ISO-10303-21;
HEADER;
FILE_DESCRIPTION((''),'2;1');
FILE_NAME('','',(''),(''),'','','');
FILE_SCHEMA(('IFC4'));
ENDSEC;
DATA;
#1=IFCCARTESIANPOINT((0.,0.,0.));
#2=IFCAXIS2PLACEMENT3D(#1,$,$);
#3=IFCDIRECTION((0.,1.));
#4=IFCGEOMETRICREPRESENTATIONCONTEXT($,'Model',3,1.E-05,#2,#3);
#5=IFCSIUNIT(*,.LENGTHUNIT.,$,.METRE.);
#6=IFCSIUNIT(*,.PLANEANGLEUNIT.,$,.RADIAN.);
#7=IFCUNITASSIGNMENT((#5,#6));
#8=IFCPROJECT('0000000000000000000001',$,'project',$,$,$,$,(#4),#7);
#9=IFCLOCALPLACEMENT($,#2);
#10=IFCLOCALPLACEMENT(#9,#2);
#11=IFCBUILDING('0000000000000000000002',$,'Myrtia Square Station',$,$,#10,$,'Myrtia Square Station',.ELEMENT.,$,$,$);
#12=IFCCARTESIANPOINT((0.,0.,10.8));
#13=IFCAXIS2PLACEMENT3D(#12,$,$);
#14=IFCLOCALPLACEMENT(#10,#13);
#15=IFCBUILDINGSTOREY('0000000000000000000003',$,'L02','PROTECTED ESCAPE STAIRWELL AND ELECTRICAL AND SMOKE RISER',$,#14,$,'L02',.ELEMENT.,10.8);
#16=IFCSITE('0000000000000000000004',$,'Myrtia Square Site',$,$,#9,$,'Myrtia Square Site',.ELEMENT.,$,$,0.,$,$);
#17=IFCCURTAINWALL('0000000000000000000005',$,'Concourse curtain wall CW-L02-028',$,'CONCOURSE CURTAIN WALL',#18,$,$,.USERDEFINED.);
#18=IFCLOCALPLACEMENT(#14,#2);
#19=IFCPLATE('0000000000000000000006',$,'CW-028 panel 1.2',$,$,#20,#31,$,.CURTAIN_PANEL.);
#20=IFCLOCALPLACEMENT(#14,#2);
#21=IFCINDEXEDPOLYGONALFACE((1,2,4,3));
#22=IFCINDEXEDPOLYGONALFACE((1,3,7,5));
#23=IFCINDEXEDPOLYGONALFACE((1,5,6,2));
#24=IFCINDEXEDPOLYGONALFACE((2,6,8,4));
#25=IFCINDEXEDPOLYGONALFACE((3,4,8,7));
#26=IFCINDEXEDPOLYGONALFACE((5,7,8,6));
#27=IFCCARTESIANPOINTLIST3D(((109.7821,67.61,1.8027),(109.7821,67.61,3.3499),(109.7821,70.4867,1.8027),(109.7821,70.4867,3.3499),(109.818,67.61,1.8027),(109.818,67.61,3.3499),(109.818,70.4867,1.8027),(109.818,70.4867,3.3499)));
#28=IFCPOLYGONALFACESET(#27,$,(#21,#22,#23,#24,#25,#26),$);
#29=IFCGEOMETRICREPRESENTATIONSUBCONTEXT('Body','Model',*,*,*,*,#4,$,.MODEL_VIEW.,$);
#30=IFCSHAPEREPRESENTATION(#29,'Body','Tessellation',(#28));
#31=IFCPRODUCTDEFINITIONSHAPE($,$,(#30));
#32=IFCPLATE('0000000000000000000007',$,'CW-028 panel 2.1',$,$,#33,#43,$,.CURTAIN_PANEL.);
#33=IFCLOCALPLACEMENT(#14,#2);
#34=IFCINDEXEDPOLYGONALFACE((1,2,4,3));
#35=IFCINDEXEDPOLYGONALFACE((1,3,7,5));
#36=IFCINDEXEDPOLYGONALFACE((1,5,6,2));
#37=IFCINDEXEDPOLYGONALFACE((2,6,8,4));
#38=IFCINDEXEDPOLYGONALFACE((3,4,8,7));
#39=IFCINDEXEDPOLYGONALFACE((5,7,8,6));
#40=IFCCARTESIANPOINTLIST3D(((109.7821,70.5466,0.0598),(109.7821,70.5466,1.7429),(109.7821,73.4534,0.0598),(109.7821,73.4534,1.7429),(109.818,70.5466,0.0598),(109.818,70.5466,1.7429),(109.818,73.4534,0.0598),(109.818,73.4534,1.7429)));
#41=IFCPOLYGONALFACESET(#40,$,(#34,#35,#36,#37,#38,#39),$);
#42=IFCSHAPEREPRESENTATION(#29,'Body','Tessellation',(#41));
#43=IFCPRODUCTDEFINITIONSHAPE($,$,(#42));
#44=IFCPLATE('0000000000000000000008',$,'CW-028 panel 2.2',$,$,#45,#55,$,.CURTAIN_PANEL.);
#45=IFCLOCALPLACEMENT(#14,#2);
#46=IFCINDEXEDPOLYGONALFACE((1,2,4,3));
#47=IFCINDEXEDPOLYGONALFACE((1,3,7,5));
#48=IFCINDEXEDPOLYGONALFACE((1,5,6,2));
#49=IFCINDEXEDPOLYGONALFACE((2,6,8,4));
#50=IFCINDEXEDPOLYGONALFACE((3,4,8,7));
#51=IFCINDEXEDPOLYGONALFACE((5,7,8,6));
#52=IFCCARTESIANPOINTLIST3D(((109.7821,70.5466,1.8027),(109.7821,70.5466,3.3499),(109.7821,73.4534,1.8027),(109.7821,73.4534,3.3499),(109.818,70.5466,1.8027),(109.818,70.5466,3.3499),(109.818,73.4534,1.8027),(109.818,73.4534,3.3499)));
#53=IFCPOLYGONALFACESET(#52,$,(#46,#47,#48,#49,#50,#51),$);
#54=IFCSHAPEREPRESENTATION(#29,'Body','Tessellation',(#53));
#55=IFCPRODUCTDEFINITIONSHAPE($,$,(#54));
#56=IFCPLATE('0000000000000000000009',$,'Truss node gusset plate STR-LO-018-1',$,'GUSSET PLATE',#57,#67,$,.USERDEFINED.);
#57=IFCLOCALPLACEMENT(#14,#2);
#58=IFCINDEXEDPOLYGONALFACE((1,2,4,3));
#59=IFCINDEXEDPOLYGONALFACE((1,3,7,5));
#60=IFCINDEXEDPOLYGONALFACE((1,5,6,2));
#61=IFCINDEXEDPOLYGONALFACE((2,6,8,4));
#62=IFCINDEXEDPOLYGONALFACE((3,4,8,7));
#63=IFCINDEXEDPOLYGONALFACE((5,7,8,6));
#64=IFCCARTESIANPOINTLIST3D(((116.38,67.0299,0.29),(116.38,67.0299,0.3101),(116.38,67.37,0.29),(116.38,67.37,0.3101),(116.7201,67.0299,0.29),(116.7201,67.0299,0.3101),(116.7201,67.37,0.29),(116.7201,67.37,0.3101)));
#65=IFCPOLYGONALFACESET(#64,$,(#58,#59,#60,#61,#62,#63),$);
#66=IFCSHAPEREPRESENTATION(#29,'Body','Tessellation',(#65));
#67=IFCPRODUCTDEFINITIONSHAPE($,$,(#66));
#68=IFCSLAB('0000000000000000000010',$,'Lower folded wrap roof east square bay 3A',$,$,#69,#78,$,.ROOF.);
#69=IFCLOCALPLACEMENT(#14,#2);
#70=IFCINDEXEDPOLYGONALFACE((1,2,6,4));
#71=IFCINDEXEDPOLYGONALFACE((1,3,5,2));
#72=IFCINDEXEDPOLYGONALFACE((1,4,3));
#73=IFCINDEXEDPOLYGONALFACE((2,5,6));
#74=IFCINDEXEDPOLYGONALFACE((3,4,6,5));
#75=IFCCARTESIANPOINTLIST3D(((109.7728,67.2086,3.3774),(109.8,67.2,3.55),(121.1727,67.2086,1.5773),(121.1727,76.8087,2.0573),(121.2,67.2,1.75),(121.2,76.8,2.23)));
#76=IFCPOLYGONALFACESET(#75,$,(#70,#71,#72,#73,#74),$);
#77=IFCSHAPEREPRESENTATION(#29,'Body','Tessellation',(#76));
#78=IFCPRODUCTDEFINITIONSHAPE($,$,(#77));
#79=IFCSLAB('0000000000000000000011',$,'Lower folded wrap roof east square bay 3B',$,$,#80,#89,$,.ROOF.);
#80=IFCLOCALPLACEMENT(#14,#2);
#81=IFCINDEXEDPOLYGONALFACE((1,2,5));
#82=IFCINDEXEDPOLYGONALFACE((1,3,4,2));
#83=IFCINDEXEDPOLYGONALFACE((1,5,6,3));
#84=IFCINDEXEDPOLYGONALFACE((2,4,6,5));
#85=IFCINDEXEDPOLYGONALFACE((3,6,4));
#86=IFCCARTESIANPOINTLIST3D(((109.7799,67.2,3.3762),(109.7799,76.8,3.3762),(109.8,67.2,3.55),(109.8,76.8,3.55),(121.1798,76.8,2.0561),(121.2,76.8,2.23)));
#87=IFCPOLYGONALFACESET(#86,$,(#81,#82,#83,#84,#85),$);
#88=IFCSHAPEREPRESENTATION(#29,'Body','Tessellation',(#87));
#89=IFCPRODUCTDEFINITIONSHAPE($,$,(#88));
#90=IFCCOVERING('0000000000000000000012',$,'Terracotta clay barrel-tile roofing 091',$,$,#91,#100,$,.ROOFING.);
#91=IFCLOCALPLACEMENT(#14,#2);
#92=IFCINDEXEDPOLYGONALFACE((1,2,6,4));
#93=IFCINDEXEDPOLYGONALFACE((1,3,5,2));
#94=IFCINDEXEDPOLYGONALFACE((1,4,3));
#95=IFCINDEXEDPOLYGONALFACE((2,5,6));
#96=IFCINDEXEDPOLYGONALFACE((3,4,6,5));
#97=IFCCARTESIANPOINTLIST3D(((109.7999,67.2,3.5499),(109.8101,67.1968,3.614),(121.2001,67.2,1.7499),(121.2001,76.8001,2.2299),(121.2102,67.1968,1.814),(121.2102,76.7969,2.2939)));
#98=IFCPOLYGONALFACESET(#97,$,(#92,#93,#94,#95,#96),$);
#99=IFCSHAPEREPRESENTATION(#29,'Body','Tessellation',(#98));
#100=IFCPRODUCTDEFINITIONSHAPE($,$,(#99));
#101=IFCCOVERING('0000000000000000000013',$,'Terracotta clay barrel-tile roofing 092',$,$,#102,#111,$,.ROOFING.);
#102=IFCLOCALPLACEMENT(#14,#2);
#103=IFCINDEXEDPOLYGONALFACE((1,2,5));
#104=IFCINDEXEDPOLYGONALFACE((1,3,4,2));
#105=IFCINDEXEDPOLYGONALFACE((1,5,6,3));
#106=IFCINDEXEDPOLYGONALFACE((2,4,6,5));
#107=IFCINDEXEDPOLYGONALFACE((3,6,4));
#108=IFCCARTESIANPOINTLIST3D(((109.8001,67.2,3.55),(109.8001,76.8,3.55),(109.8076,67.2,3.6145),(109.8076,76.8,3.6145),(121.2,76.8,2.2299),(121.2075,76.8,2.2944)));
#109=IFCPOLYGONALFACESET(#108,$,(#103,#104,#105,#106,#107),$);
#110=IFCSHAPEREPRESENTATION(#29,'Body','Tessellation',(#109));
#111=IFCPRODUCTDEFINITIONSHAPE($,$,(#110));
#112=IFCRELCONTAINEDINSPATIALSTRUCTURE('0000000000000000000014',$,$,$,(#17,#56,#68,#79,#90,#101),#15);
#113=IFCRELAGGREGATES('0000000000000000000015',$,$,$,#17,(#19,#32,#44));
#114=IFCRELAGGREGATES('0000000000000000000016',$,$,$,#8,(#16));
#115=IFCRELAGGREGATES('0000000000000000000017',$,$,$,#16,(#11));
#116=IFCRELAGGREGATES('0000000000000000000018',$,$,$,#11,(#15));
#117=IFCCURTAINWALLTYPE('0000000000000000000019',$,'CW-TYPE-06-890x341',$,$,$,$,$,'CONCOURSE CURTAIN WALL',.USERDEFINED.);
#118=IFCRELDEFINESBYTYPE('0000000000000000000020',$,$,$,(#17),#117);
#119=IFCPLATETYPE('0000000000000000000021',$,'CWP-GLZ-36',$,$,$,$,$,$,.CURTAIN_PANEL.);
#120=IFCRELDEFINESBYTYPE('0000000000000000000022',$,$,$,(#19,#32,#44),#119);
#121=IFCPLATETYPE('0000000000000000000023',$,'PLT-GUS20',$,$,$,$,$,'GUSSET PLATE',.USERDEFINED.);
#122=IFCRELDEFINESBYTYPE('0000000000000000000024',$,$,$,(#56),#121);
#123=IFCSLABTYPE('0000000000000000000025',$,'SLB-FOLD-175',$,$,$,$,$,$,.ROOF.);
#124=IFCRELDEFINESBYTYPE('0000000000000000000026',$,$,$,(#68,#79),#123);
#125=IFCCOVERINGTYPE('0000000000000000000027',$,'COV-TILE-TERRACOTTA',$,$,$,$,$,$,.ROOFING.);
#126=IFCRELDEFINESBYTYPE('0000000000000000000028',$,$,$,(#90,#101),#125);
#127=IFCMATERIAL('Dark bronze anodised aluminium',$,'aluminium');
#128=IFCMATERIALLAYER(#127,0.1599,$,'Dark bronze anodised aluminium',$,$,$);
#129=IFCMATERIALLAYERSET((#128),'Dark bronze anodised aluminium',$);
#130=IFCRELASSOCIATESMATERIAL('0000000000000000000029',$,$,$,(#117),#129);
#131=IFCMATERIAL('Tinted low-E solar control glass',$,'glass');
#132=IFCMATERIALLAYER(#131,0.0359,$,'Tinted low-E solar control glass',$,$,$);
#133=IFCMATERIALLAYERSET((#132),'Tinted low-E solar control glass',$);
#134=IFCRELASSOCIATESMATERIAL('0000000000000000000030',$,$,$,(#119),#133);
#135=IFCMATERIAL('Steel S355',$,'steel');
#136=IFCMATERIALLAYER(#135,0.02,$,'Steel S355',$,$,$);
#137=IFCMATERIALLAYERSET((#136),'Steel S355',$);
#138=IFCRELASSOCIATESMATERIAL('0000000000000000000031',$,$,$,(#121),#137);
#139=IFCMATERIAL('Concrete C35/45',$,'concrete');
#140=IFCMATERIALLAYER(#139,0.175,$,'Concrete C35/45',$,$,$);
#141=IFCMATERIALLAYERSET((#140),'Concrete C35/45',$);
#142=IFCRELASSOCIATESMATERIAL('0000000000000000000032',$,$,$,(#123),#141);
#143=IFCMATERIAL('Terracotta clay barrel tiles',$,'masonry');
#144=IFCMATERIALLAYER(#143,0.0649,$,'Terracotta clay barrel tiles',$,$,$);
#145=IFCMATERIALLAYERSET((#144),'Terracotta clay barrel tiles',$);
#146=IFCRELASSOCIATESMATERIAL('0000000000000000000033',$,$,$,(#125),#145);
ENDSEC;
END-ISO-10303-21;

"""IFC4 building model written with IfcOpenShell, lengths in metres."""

from ifc_helpers import new_model, si_unit, direction, frame, origin, origin_2d, place, context, subcontext, project, spatial, polyline, rectangle, outline, extrude, material, layer, layer_set, type_object, element, aggregate, save


model = new_model("IFC4")

# Units and contexts
model_context = context("Model", 3, precision=1e-05, world=origin(), true_north=direction((0.0, 1.0)))
body_context = subcontext(model_context, "Body", "Model", "MODEL_VIEW")
ifc_project = project(units=[si_unit("LENGTHUNIT", "METRE"), si_unit("PLANEANGLEUNIT", "RADIAN")], contexts=[model_context])

# Site, building, storey
site_placement = place(None, origin())
site = spatial("IfcSite", under=ifc_project, at=site_placement, Name="Myrtia Square Site", LongName="Myrtia Square Site", CompositionType="ELEMENT", RefElevation=0.0)
building_placement = place(site_placement, origin())
building = spatial("IfcBuilding", under=site, at=building_placement, Name="Myrtia Square Station", LongName="Myrtia Square Station", CompositionType="ELEMENT")
storey_placement = place(building_placement, frame((0.0, 0.0, 10.8)))
storey = spatial("IfcBuildingStorey", under=building, at=storey_placement, Name="L02", Description="PROTECTED ESCAPE STAIRWELL AND ELECTRICAL AND SMOKE RISER", LongName="L02", CompositionType="ELEMENT", Elevation=10.8)

# Shared definitions
ifc_material_1 = material(Name="Steel S355", Category="steel")

# Shared definitions
ifc_material_2 = material(Name="Dark bronze anodised aluminium", Category="aluminium")
ifc_layer_1 = layer(ifc_material_2, 0.1599, Name="Dark bronze anodised aluminium")
ifc_layer_set_1 = layer_set([ifc_layer_1], Name="Dark bronze anodised aluminium")
curtain_wall_type = type_object("IfcCurtainWallType", Name="CW-TYPE-06-890x341", ElementType="CONCOURSE CURTAIN WALL", PredefinedType="USERDEFINED", material=ifc_layer_set_1)

# Curtain wall
curtain_wall_1_placement = place(storey_placement, origin())
curtain_wall_1 = element("IfcCurtainWall", 1, at=curtain_wall_1_placement, inside=storey, type_object=curtain_wall_type, Name="Concourse curtain wall CW-L02-028", ObjectType="CONCOURSE CURTAIN WALL", PredefinedType="USERDEFINED")

# Plates
ifc_material_3 = material(Name="Tinted low-E solar control glass", Category="glass")
ifc_layer_2 = layer(ifc_material_3, 0.0359, Name="Tinted low-E solar control glass")
ifc_layer_set_2 = layer_set([ifc_layer_2], Name="Tinted low-E solar control glass")
plate_type_1 = type_object("IfcPlateType", Name="CWP-GLZ-36", PredefinedType="CURTAIN_PANEL", material=ifc_layer_set_2)
plate_1_placement = place(storey_placement, frame((109.8, 69.0483, 1.8027), z_axis=(0.0, 0.0, 1.0), x_axis=(0.0, 1.0, 0.0)))
plate_1 = element("IfcPlate", 2, at=plate_1_placement, type_object=plate_type_1, Name="CW-028 panel 1.2", PredefinedType="CURTAIN_PANEL", context=body_context, shape_type="SweptSolid", body=[
    extrude(rectangle(XDim=2.8767, YDim=0.0359, at=origin_2d()), origin(), (0.0, 0.0, 1.0), 1.5471),
])
plate_2_placement = place(storey_placement, frame((109.8, 72.0, 0.0598), z_axis=(0.0, 0.0, 1.0), x_axis=(0.0, 1.0, 0.0)))
plate_2 = element("IfcPlate", 3, at=plate_2_placement, type_object=plate_type_1, Name="CW-028 panel 2.1", PredefinedType="CURTAIN_PANEL", context=body_context, shape_type="SweptSolid", body=[
    extrude(rectangle(XDim=2.9067, YDim=0.0359, at=origin_2d()), origin(), (0.0, 0.0, 1.0), 1.6831),
])
plate_3_placement = place(storey_placement, frame((109.8, 72.0, 1.8027), z_axis=(0.0, 0.0, 1.0), x_axis=(0.0, 1.0, 0.0)))
plate_3 = element("IfcPlate", 4, at=plate_3_placement, type_object=plate_type_1, Name="CW-028 panel 2.2", PredefinedType="CURTAIN_PANEL", context=body_context, shape_type="SweptSolid", body=[
    extrude(rectangle(XDim=2.9067, YDim=0.0359, at=origin_2d()), origin(), (0.0, 0.0, 1.0), 1.5471),
])
aggregate(curtain_wall_1, [plate_1, plate_2, plate_3])
ifc_layer_3 = layer(ifc_material_1, 0.02, Name="Steel S355")
ifc_layer_set_3 = layer_set([ifc_layer_3], Name="Steel S355")
plate_type_2 = type_object("IfcPlateType", Name="PLT-GUS20", ElementType="GUSSET PLATE", PredefinedType="USERDEFINED", material=ifc_layer_set_3)
plate_4_placement = place(storey_placement, frame((116.55, 67.2, 0.29), z_axis=(0.0, 0.0, 1.0), x_axis=(1.0, 0.0, 0.0)))
element("IfcPlate", 5, at=plate_4_placement, inside=storey, type_object=plate_type_2, Name="Truss node gusset plate STR-LO-018-1", ObjectType="GUSSET PLATE", PredefinedType="USERDEFINED", context=body_context, shape_type="SweptSolid", body=[
    extrude(rectangle(XDim=0.3401, YDim=0.3401, at=origin_2d()), origin(), (0.0, 0.0, 1.0), 0.02),
])

# Slabs
ifc_material_4 = material(Name="Concrete C35/45", Category="concrete")
ifc_layer_4 = layer(ifc_material_4, 0.175, Name="Concrete C35/45")
ifc_layer_set_4 = layer_set([ifc_layer_4], Name="Concrete C35/45")
slab_type = type_object("IfcSlabType", Name="SLB-FOLD-175", PredefinedType="ROOF", material=ifc_layer_set_4)
slab_1_placement = place(storey_placement, frame((109.8, 67.2, 3.55), z_axis=(0.155778, -0.049325, 0.98656), x_axis=(0.987762, 0.0, -0.155968)))
element("IfcSlab", 6, at=slab_1_placement, inside=storey, type_object=slab_type, Name="Lower folded wrap roof east square bay 3A", PredefinedType="ROOF", context=body_context, shape_type="SweptSolid", body=[
    extrude(outline(polyline([(0.0, 0.0), (11.5411, 0.0), (11.4663, 9.6118), (0.0, 0.0)])), origin(), (0.0, 0.0, -1.0), 0.175),
])
slab_2_placement = place(storey_placement, frame((109.8, 67.2, 3.55), z_axis=(0.115028, 0.0, 0.993362), x_axis=(0.761922, 0.641631, -0.088228)))
element("IfcSlab", 7, at=slab_2_placement, inside=storey, type_object=slab_type, Name="Lower folded wrap roof east square bay 3B", PredefinedType="ROOF", context=body_context, shape_type="SweptSolid", body=[
    extrude(outline(polyline([(0.0, 0.0), (14.962, 0.0), (6.1597, 7.3634), (0.0, 0.0)])), origin(), (0.0, 0.0, -1.0), 0.175),
])

# Coverings
ifc_material_5 = material(Name="Terracotta clay barrel tiles", Category="masonry")
ifc_layer_5 = layer(ifc_material_5, 0.0649, Name="Terracotta clay barrel tiles")
ifc_layer_set_5 = layer_set([ifc_layer_5], Name="Terracotta clay barrel tiles")
covering_type = type_object("IfcCoveringType", Name="COV-TILE-TERRACOTTA", PredefinedType="ROOFING", material=ifc_layer_set_5)
covering_1_placement = place(storey_placement, frame((109.8101, 67.1968, 3.614), z_axis=(0.155775, -0.049326, 0.98656), x_axis=(0.987763, 0.0, -0.155965)))
element("IfcCovering", 8, at=covering_1_placement, inside=storey, type_object=covering_type, Name="Terracotta clay barrel-tile roofing 091", PredefinedType="ROOFING", context=body_context, shape_type="SweptSolid", body=[
    extrude(outline(polyline([(0.0, 0.0), (11.5414, 0.0), (11.4665, 9.6118), (0.0, 0.0)])), origin(), (0.0, 0.0, -1.0), 0.0649),
])
covering_2_placement = place(storey_placement, frame((109.8076, 67.2, 3.6145), z_axis=(0.115028, 0.0, 0.993362), x_axis=(0.761922, 0.641631, -0.088228)))
element("IfcCovering", 9, at=covering_2_placement, inside=storey, type_object=covering_type, Name="Terracotta clay barrel-tile roofing 092", PredefinedType="ROOFING", context=body_context, shape_type="SweptSolid", body=[
    extrude(outline(polyline([(0.0, 0.0), (14.962, 0.0), (6.1597, 7.3634), (0.0, 0.0)])), origin(), (0.0, 0.0, -1.0), 0.0649),
])

save(model, "model.ifc")
